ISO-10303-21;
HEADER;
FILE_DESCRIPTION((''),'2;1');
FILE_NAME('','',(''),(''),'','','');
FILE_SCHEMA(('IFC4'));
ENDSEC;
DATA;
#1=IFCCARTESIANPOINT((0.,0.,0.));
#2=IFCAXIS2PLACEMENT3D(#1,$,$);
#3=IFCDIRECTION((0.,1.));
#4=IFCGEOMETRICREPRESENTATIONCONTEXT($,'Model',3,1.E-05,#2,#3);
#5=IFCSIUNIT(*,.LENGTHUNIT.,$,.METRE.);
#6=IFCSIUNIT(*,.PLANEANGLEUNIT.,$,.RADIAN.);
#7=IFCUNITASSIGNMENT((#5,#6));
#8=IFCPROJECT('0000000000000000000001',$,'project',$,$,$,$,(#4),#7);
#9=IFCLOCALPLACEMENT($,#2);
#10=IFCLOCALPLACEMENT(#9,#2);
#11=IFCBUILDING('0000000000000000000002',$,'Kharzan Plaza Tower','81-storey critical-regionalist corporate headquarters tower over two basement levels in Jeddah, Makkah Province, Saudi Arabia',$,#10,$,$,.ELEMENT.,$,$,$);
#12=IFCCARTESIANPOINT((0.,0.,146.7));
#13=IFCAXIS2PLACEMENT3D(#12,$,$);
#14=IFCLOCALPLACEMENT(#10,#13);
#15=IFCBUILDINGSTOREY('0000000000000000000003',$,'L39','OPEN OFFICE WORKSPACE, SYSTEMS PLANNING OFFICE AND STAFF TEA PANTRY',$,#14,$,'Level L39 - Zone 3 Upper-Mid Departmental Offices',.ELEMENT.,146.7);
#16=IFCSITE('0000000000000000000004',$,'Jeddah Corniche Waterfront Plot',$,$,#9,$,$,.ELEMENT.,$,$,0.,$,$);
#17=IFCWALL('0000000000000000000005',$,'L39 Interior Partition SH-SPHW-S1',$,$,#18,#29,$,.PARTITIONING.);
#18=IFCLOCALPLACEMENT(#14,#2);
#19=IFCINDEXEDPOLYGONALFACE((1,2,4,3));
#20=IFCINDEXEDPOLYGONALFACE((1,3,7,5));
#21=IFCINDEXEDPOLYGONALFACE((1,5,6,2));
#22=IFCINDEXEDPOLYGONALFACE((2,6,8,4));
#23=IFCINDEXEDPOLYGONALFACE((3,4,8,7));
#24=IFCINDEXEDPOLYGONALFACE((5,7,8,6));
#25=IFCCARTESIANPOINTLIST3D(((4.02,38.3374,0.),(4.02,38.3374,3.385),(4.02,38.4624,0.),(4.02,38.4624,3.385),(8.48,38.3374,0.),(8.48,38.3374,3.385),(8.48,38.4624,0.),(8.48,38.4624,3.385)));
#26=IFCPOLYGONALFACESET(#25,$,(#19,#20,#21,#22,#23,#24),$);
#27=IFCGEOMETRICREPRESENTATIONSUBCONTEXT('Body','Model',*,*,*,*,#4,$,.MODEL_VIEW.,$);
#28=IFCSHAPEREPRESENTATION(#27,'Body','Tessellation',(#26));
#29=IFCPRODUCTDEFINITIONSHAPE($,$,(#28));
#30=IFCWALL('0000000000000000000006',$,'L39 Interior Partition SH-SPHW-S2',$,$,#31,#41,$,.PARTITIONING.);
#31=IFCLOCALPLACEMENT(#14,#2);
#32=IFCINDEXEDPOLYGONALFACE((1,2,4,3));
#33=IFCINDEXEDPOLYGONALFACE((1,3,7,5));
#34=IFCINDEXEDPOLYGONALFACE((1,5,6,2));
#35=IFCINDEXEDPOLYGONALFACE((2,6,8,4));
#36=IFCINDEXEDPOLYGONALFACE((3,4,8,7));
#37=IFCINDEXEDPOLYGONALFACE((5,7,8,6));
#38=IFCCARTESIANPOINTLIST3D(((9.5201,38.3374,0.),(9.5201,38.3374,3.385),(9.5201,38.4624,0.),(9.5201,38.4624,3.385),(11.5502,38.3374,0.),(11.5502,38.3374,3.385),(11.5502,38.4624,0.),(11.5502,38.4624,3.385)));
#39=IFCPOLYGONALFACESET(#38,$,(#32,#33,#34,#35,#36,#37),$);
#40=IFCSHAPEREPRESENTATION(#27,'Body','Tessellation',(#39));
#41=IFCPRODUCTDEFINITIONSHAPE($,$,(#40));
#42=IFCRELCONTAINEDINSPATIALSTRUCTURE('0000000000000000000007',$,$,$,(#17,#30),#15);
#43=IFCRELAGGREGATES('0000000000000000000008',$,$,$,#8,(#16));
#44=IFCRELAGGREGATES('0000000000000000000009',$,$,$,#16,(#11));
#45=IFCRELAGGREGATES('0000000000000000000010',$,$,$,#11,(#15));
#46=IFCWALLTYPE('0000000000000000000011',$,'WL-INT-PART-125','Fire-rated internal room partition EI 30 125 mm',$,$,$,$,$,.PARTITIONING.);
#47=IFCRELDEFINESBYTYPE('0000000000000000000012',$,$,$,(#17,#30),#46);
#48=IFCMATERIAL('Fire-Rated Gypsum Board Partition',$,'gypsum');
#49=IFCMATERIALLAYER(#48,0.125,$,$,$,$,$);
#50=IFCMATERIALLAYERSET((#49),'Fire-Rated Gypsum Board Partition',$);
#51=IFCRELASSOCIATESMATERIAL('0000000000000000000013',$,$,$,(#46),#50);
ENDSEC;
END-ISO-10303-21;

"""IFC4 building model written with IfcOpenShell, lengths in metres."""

from ifc_helpers import new_model, si_unit, direction, frame, frame_2d, origin, place, context, subcontext, project, spatial, rectangle, extrude, source, transform, mapped, material, layer, layer_set, type_object, element, save


model = new_model("IFC4")

# Units and contexts
model_context = context("Model", 3, precision=1e-05, world=origin(), true_north=direction((0.0, 1.0)))
body_context = subcontext(model_context, "Body", "Model", "MODEL_VIEW")
ifc_project = project(units=[si_unit("LENGTHUNIT", "METRE"), si_unit("PLANEANGLEUNIT", "RADIAN")], contexts=[model_context])

# Site, building, storey
site_placement = place(None, origin())
site = spatial("IfcSite", under=ifc_project, at=site_placement, Name="Jeddah Corniche Waterfront Plot", CompositionType="ELEMENT", RefElevation=0.0)
building_placement = place(site_placement, origin())
building = spatial("IfcBuilding", under=site, at=building_placement, Name="Kharzan Plaza Tower", Description="81-storey critical-regionalist corporate headquarters tower over two basement levels in Jeddah, Makkah Province, Saudi Arabia", CompositionType="ELEMENT")
storey_placement = place(building_placement, frame((0.0, 0.0, 146.7)))
storey = spatial("IfcBuildingStorey", under=building, at=storey_placement, Name="L39", Description="OPEN OFFICE WORKSPACE, SYSTEMS PLANNING OFFICE AND STAFF TEA PANTRY", LongName="Level L39 - Zone 3 Upper-Mid Departmental Offices", CompositionType="ELEMENT", Elevation=146.7)

# Shared definitions
ifc_material_1 = material(Name="Fire-Rated Gypsum Board Partition", Category="gypsum")
ifc_layer_1 = layer(ifc_material_1, 0.125)
ifc_layer_set_1 = layer_set([ifc_layer_1], Name="Fire-Rated Gypsum Board Partition")
wall_type_1 = type_object("IfcWallType", Name="WL-INT-PART-125", Description="Fire-rated internal room partition EI 30 125 mm", PredefinedType="PARTITIONING", material=ifc_layer_set_1)

# Walls
shared_shape_1 = source(origin(), body_context, "Body", "SweptSolid", [
    extrude(rectangle(XDim=4.46, YDim=0.125, at=frame_2d((2.23, 0.0))), origin(), (0.0, 0.0, 1.0), 3.385),
])
wall_1_placement = place(storey_placement, frame((4.02, 38.3999, 0.0), z_axis=(0.0, 0.0, 1.0), x_axis=(1.0, 0.0, 0.0)))
element("IfcWall", 1, at=wall_1_placement, inside=storey, type_object=wall_type_1, Name="L39 Interior Partition SH-SPHW-S1", PredefinedType="PARTITIONING", context=body_context, shape_type="MappedRepresentation", body=[
    mapped(shared_shape_1, transform((0.0, 0.0, 0.0), x_axis=(1.0, 0.0, 0.0), y_axis=(0.0, 1.0, 0.0), z_axis=(0.0, 0.0, 1.0))),
])
shared_shape_2 = source(origin(), body_context, "Body", "SweptSolid", [
    extrude(rectangle(XDim=2.03, YDim=0.125, at=frame_2d((1.0151, 0.0))), origin(), (0.0, 0.0, 1.0), 3.385),
])
wall_2_placement = place(storey_placement, frame((9.52, 38.3999, 0.0), z_axis=(0.0, 0.0, 1.0), x_axis=(1.0, 0.0, 0.0)))
element("IfcWall", 2, at=wall_2_placement, inside=storey, type_object=wall_type_1, Name="L39 Interior Partition SH-SPHW-S2", PredefinedType="PARTITIONING", context=body_context, shape_type="MappedRepresentation", body=[
    mapped(shared_shape_2, transform((0.0, 0.0, 0.0), x_axis=(1.0, 0.0, 0.0), y_axis=(0.0, 1.0, 0.0), z_axis=(0.0, 0.0, 1.0))),
])

save(model, "model.ifc")
